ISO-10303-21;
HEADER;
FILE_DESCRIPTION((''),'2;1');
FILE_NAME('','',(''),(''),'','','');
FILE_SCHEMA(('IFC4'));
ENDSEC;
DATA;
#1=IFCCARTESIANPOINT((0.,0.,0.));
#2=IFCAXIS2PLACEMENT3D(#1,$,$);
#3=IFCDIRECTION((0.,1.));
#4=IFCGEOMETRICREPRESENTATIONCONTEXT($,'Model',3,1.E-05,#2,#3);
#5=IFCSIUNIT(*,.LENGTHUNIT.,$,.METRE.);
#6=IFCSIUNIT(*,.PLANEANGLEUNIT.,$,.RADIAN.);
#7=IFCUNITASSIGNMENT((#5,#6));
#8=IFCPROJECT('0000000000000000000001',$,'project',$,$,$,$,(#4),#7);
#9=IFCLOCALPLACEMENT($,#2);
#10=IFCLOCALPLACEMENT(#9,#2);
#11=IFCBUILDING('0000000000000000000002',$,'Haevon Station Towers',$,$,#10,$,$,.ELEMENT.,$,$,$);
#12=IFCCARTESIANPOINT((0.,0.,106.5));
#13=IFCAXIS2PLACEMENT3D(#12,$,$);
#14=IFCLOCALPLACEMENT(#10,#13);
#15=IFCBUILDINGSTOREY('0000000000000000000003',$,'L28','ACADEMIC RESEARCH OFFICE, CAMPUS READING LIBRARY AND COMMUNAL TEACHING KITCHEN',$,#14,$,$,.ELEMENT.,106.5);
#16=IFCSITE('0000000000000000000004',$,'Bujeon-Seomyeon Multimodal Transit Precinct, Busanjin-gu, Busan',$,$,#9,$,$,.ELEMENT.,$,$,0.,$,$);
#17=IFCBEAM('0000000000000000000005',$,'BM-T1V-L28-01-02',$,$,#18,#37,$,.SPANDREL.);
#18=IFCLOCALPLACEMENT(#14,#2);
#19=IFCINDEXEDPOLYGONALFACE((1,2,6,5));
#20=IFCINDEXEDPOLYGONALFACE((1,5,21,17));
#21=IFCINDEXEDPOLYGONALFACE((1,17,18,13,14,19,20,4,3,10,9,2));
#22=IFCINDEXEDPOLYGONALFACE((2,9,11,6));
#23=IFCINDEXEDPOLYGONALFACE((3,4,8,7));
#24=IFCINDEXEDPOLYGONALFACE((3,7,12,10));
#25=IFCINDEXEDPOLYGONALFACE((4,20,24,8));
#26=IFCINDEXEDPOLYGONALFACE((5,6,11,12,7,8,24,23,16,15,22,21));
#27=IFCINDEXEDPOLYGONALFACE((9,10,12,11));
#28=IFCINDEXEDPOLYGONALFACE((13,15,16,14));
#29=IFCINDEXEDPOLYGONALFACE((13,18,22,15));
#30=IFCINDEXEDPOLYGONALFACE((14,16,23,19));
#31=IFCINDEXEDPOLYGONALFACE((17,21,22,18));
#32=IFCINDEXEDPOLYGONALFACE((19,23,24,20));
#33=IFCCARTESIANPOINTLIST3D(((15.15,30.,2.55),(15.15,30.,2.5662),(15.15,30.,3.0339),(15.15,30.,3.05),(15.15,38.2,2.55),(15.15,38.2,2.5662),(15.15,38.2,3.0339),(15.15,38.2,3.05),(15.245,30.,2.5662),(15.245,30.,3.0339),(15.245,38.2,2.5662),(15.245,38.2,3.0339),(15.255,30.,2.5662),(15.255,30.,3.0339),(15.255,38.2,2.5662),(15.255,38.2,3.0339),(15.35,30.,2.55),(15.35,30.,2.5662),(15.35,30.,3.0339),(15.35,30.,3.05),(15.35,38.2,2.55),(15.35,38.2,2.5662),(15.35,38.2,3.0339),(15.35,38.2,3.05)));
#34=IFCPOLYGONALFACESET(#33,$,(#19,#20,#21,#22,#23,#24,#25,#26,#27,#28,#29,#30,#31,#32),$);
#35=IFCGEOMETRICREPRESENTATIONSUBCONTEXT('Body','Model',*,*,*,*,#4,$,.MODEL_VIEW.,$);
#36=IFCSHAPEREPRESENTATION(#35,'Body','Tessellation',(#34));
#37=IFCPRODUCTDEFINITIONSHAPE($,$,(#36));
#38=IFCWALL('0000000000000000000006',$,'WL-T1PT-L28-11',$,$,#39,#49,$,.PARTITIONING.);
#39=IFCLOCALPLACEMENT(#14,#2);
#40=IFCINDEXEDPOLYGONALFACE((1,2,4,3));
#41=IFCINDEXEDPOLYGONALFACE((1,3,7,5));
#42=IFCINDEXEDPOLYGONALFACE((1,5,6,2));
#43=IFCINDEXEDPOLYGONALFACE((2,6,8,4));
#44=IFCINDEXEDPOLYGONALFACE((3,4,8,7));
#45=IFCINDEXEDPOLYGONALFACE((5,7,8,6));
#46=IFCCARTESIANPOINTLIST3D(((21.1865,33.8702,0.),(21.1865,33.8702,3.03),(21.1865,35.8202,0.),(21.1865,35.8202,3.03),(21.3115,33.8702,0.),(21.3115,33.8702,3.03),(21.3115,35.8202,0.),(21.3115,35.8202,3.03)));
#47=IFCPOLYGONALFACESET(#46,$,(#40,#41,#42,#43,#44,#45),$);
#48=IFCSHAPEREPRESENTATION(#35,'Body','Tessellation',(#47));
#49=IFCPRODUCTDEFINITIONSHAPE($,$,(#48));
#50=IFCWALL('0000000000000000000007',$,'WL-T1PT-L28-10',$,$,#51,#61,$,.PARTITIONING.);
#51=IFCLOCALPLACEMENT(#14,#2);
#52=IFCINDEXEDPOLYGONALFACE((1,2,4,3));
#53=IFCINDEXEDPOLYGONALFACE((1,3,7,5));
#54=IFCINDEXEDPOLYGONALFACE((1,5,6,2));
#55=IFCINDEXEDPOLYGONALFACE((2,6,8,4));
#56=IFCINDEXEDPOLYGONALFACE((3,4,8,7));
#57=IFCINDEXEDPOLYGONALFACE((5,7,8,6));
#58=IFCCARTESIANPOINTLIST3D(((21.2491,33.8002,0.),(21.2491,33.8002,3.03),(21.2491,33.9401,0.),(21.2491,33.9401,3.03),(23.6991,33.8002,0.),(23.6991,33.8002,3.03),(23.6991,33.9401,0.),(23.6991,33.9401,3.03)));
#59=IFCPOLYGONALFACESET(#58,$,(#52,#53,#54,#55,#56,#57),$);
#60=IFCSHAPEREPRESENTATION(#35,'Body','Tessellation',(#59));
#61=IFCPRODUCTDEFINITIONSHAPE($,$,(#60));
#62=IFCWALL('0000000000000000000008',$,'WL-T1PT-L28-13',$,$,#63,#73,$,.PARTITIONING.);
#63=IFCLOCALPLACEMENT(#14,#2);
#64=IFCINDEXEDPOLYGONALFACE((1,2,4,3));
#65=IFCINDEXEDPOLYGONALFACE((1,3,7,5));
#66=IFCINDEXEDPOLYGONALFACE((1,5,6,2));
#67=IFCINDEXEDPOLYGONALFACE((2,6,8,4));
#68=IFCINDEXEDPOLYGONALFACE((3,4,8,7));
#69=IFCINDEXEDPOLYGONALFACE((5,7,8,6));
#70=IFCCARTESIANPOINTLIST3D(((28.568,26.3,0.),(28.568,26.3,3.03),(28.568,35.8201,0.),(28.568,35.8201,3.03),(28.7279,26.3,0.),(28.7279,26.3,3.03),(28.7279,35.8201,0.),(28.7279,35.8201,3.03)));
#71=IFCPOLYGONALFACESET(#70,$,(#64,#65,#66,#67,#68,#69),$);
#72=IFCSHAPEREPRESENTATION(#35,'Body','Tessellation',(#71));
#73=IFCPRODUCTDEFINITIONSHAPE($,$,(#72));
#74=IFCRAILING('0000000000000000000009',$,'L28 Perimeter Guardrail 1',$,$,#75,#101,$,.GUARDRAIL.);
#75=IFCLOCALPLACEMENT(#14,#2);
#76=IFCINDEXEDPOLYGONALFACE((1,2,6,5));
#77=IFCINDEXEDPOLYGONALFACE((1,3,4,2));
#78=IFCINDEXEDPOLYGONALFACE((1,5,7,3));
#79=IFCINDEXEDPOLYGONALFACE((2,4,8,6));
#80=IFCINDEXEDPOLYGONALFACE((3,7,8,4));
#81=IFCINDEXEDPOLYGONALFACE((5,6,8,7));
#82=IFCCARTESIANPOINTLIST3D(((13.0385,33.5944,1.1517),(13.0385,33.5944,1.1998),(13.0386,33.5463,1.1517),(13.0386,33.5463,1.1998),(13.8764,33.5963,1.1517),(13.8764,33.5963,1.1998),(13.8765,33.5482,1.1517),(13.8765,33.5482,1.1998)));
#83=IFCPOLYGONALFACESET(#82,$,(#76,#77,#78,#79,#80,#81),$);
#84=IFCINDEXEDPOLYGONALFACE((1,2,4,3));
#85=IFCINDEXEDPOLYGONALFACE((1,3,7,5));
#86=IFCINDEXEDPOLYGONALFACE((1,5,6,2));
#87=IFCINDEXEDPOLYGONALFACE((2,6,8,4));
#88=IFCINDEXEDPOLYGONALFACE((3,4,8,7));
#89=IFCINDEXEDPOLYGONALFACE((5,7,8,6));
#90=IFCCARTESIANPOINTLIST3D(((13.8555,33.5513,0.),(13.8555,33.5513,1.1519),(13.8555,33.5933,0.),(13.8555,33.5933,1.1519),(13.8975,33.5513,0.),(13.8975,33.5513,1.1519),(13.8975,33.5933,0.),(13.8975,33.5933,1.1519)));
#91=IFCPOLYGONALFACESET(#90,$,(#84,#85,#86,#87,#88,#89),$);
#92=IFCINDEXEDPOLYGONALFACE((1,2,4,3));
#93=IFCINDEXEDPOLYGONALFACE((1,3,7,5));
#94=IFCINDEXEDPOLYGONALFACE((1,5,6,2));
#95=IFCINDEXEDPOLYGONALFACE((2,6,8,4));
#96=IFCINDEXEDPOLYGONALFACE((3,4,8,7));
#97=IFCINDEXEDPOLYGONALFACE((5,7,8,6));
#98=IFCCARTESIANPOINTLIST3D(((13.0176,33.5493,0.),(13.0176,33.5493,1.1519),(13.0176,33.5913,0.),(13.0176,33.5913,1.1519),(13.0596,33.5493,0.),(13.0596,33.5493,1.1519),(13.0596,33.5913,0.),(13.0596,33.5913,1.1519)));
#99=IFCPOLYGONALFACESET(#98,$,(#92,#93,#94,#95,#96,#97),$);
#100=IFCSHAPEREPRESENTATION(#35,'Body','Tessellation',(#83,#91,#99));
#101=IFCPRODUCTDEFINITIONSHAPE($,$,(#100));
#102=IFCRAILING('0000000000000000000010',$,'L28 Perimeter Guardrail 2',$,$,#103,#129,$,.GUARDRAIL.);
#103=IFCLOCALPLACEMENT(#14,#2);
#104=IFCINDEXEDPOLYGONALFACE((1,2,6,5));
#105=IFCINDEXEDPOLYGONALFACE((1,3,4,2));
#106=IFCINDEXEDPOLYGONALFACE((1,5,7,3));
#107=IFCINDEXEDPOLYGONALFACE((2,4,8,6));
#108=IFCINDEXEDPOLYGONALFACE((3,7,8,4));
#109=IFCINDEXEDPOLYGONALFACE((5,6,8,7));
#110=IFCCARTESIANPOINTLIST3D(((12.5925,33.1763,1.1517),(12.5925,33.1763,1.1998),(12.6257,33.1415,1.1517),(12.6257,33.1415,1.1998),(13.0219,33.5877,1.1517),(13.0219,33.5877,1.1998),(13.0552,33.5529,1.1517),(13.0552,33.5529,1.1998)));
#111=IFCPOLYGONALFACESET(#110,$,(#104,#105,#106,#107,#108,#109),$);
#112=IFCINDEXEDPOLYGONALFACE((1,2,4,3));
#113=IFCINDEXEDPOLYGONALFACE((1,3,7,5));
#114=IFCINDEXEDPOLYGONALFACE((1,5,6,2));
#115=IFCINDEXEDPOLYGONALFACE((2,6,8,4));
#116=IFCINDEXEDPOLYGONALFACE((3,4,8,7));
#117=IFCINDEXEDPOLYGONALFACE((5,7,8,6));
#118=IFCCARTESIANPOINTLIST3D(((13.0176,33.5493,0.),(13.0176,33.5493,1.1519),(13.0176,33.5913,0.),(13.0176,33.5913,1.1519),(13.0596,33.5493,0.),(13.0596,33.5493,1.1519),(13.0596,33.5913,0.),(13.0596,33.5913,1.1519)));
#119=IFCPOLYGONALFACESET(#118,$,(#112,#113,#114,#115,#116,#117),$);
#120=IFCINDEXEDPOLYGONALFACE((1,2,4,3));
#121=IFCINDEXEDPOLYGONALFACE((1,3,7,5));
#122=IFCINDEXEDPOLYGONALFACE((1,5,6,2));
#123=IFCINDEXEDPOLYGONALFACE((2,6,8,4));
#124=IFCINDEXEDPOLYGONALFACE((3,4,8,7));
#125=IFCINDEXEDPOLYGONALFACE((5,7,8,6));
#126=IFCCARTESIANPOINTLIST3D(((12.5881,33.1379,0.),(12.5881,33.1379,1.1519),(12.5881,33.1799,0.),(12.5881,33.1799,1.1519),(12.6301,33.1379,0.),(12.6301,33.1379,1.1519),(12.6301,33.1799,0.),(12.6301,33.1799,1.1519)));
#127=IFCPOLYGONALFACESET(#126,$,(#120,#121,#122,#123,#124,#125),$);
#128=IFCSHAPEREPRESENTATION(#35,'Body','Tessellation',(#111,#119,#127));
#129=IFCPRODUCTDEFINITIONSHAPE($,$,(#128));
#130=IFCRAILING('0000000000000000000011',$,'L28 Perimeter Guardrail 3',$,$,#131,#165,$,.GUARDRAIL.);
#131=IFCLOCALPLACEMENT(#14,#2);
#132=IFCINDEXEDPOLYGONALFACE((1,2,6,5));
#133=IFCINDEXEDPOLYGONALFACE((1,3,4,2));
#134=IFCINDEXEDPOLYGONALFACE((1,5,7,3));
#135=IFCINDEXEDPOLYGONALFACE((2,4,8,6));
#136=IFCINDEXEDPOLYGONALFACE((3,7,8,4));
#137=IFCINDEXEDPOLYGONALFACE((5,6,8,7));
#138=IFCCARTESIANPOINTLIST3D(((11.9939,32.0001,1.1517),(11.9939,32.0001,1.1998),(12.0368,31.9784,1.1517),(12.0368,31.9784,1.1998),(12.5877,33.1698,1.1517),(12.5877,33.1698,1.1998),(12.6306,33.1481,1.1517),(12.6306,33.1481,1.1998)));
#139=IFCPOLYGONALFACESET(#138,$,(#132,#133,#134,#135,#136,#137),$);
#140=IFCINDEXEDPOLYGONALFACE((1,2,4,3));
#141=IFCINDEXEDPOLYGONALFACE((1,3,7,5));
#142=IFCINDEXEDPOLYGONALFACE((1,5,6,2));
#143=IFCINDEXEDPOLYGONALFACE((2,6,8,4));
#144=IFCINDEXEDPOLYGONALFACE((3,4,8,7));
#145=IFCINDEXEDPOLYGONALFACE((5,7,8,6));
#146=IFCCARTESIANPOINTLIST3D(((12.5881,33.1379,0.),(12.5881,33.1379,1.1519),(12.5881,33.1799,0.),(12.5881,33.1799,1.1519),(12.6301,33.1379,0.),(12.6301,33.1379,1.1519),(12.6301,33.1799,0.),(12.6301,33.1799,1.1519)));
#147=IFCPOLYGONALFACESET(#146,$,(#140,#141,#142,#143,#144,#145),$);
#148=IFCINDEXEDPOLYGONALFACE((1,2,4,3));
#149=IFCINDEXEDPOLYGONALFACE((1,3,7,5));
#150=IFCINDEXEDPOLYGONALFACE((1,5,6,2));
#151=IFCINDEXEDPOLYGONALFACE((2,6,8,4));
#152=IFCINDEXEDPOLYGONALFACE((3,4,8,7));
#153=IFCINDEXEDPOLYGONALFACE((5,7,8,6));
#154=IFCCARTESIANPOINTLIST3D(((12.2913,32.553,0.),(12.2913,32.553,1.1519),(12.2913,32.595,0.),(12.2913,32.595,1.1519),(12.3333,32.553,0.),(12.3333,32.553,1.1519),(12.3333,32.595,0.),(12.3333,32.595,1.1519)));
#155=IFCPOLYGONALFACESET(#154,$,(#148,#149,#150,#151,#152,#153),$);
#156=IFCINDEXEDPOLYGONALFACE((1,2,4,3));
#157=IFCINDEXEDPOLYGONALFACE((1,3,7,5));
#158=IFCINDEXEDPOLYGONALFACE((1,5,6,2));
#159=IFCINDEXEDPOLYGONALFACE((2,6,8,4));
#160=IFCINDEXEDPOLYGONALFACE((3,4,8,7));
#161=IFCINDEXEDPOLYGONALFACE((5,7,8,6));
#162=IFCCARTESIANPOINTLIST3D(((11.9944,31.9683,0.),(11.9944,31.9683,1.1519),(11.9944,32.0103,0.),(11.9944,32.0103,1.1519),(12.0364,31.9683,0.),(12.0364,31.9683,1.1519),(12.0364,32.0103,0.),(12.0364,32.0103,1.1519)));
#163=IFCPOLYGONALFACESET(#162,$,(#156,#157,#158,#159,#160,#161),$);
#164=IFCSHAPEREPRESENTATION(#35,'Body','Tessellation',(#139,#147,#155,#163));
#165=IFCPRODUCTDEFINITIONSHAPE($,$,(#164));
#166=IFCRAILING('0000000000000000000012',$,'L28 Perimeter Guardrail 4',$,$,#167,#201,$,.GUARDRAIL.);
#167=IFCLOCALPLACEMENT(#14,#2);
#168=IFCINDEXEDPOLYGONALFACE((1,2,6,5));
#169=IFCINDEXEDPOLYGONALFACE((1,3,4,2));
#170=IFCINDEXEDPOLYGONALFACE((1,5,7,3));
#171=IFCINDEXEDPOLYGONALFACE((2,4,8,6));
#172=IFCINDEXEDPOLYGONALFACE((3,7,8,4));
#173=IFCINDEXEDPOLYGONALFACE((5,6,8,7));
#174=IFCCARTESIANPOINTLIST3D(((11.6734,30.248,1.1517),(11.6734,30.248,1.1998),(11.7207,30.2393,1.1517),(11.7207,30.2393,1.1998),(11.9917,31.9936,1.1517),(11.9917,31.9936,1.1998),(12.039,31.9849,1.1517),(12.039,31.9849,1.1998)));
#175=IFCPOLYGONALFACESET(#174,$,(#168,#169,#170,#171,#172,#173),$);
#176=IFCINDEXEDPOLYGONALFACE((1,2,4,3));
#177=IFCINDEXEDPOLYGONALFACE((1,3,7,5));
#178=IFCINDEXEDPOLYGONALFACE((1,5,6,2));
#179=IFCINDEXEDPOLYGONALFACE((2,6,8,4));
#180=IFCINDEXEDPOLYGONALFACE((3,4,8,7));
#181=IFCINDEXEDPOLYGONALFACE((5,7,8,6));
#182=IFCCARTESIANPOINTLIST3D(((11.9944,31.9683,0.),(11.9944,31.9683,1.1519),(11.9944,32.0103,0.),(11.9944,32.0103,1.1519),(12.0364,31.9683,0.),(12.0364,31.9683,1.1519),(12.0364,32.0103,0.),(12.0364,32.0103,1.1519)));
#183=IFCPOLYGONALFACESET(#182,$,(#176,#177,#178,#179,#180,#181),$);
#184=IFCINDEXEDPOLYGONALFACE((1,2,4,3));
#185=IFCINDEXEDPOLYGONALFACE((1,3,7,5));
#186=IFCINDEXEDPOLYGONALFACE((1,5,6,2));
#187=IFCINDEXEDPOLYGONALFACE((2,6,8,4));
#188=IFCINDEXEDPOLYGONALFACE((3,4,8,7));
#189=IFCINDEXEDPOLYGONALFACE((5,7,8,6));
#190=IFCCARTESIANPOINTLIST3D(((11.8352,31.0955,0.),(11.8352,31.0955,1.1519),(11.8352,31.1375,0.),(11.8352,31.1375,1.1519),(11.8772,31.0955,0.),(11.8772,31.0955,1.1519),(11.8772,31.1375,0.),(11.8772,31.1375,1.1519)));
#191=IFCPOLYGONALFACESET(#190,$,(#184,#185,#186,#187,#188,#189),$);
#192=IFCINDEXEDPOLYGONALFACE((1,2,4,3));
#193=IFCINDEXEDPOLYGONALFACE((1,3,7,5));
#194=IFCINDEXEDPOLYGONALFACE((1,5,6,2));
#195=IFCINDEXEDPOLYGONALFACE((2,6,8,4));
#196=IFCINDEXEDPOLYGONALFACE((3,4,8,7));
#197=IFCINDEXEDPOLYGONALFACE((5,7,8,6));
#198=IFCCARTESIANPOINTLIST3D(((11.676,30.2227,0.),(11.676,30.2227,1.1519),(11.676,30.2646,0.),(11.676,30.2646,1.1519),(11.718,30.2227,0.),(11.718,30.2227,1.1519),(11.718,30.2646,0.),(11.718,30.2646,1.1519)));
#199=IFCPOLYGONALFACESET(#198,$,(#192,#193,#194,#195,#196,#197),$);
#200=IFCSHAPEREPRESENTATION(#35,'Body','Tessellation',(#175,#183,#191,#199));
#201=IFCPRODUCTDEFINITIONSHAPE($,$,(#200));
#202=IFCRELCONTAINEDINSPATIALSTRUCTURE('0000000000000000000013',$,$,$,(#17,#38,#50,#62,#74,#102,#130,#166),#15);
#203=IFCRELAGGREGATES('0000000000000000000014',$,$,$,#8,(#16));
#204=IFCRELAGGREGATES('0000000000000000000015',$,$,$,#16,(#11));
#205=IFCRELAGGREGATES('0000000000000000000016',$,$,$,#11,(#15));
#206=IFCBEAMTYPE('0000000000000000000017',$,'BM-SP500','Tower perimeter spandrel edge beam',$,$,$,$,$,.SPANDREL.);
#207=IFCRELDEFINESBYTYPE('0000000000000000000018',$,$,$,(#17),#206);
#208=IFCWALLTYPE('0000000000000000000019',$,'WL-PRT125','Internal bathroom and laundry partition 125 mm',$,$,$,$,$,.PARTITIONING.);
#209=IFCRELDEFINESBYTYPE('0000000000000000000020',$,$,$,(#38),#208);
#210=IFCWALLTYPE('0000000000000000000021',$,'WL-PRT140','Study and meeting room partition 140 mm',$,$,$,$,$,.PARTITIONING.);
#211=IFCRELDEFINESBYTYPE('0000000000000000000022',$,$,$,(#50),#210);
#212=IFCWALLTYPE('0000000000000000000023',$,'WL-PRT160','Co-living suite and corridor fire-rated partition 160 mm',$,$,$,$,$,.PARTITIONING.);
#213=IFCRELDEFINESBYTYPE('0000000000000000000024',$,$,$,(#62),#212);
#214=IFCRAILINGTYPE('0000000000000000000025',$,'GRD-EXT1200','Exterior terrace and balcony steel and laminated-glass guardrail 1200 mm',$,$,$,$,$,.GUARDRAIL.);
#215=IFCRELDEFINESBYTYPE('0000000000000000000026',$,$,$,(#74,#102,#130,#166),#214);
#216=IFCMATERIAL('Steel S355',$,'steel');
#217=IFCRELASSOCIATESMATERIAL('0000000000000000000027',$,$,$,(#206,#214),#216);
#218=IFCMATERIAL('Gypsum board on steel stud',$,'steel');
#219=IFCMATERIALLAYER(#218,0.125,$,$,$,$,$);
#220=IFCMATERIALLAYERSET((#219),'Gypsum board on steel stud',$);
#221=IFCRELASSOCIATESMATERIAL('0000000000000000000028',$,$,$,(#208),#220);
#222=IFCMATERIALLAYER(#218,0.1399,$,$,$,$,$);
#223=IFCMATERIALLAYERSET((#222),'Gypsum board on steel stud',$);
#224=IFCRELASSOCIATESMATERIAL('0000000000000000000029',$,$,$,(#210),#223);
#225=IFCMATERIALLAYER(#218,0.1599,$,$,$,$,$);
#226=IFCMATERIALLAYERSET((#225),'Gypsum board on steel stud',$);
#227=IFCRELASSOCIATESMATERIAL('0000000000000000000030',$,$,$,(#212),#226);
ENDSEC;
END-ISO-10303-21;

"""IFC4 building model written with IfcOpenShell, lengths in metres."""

from ifc_helpers import new_model, si_unit, direction, frame, frame_2d, origin, origin_2d, place, context, subcontext, project, spatial, rectangle, i_section, extrude, material, layer, layer_set, material_profile, profile_set, type_object, element, save


model = new_model("IFC4")

# Units and contexts
model_context = context("Model", 3, precision=1e-05, world=origin(), true_north=direction((0.0, 1.0)))
body_context = subcontext(model_context, "Body", "Model", "MODEL_VIEW")
ifc_project = project(units=[si_unit("LENGTHUNIT", "METRE"), si_unit("PLANEANGLEUNIT", "RADIAN")], contexts=[model_context])

# Site, building, storey
site_placement = place(None, origin())
site = spatial("IfcSite", under=ifc_project, at=site_placement, Name="Bujeon-Seomyeon Multimodal Transit Precinct, Busanjin-gu, Busan", CompositionType="ELEMENT", RefElevation=0.0)
building_placement = place(site_placement, origin())
building = spatial("IfcBuilding", under=site, at=building_placement, Name="Haevon Station Towers", CompositionType="ELEMENT")
storey_placement = place(building_placement, frame((0.0, 0.0, 106.5)))
storey = spatial("IfcBuildingStorey", under=building, at=storey_placement, Name="L28", Description="ACADEMIC RESEARCH OFFICE, CAMPUS READING LIBRARY AND COMMUNAL TEACHING KITCHEN", CompositionType="ELEMENT", Elevation=106.5)

# Beam
ifc_material_1 = material(Name="Steel S355", Category="steel")
ifc_material_profile_1 = material_profile(ifc_material_1, i_section(OverallWidth=0.2, OverallDepth=0.5, WebThickness=0.01, FlangeThickness=0.0161, at=origin_2d()), Name="H-500x200x10x16")
ifc_profile_set_1 = profile_set([ifc_material_profile_1], Name="Steel S355")
beam_type_1 = type_object("IfcBeamType", Name="BM-SP500", Description="Tower perimeter spandrel edge beam", PredefinedType="SPANDREL", material=ifc_profile_set_1)
beam_1_placement = place(storey_placement, frame((15.25, 30.0, 2.8), z_axis=(0.0, 1.0, 0.0), x_axis=(-1.0, 0.0, 0.0)))
element("IfcBeam", 1, at=beam_1_placement, inside=storey, type_object=beam_type_1, Name="BM-T1V-L28-01-02", PredefinedType="SPANDREL", context=body_context, shape_type="SweptSolid", body=[
    extrude(i_section(OverallWidth=0.2, OverallDepth=0.5, WebThickness=0.01, FlangeThickness=0.0161, at=origin_2d()), origin(), (0.0, 0.0, 1.0), 8.2),
])

# Walls
ifc_material_2 = material(Name="Gypsum board on steel stud", Category="steel")
ifc_layer_1 = layer(ifc_material_2, 0.125)
ifc_layer_set_1 = layer_set([ifc_layer_1], Name="Gypsum board on steel stud")
wall_type_1 = type_object("IfcWallType", Name="WL-PRT125", Description="Internal bathroom and laundry partition 125 mm", PredefinedType="PARTITIONING", material=ifc_layer_set_1)
wall_1_placement = place(storey_placement, frame((21.249, 33.8701, 0.0), z_axis=(0.0, 0.0, 1.0), x_axis=(0.0, 1.0, 0.0)))
element("IfcWall", 2, at=wall_1_placement, inside=storey, type_object=wall_type_1, Name="WL-T1PT-L28-11", PredefinedType="PARTITIONING", context=body_context, shape_type="SweptSolid", body=[
    extrude(rectangle(XDim=1.95, YDim=0.125, at=frame_2d((0.9751, 0.0))), origin(), (0.0, 0.0, 1.0), 3.03),
])
ifc_layer_2 = layer(ifc_material_2, 0.1399)
ifc_layer_set_2 = layer_set([ifc_layer_2], Name="Gypsum board on steel stud")
wall_type_2 = type_object("IfcWallType", Name="WL-PRT140", Description="Study and meeting room partition 140 mm", PredefinedType="PARTITIONING", material=ifc_layer_set_2)
wall_2_placement = place(storey_placement, frame((21.249, 33.8701, 0.0), z_axis=(0.0, 0.0, 1.0), x_axis=(1.0, 0.0, 0.0)))
element("IfcWall", 3, at=wall_2_placement, inside=storey, type_object=wall_type_2, Name="WL-T1PT-L28-10", PredefinedType="PARTITIONING", context=body_context, shape_type="SweptSolid", body=[
    extrude(rectangle(XDim=2.45, YDim=0.1399, at=frame_2d((1.2251, 0.0))), origin(), (0.0, 0.0, 1.0), 3.03),
])
ifc_layer_3 = layer(ifc_material_2, 0.1599)
ifc_layer_set_3 = layer_set([ifc_layer_3], Name="Gypsum board on steel stud")
wall_type_3 = type_object("IfcWallType", Name="WL-PRT160", Description="Co-living suite and corridor fire-rated partition 160 mm", PredefinedType="PARTITIONING", material=ifc_layer_set_3)
wall_3_placement = place(storey_placement, frame((28.6479, 26.3, 0.0), z_axis=(0.0, 0.0, 1.0), x_axis=(0.0, 1.0, 0.0)))
element("IfcWall", 4, at=wall_3_placement, inside=storey, type_object=wall_type_3, Name="WL-T1PT-L28-13", PredefinedType="PARTITIONING", context=body_context, shape_type="SweptSolid", body=[
    extrude(rectangle(XDim=9.52, YDim=0.1599, at=frame_2d((4.76, 0.0))), origin(), (0.0, 0.0, 1.0), 3.03),
])

# Railings
railing_type = type_object("IfcRailingType", Name="GRD-EXT1200", Description="Exterior terrace and balcony steel and laminated-glass guardrail 1200 mm", PredefinedType="GUARDRAIL", material=ifc_material_1)
railing_1_placement = place(storey_placement, frame((13.8765, 33.5723, 0.0)))
element("IfcRailing", 5, at=railing_1_placement, inside=storey, type_object=railing_type, Name="L28 Perimeter Guardrail 1", PredefinedType="GUARDRAIL", context=body_context, shape_type="SweptSolid", body=[
    extrude(rectangle(XDim=0.0481, YDim=0.0481, at=origin_2d()), frame((0.0, 0.0, 1.1758), z_axis=(-0.999997, -0.002331, 0.0), x_axis=(0.002331, -0.999997, 0.0)), (0.0, 0.0, 1.0), 0.8379),
    extrude(rectangle(XDim=0.042, YDim=0.042, at=origin_2d()), origin(), (0.0, 0.0, 1.0), 1.1519),
    extrude(rectangle(XDim=0.042, YDim=0.042, at=origin_2d()), frame((-0.8379, -0.002, 0.0)), (0.0, 0.0, 1.0), 1.1519),
])
railing_2_placement = place(storey_placement, frame((13.0386, 33.5703, 0.0)))
element("IfcRailing", 6, at=railing_2_placement, inside=storey, type_object=railing_type, Name="L28 Perimeter Guardrail 2", PredefinedType="GUARDRAIL", context=body_context, shape_type="SweptSolid", body=[
    extrude(rectangle(XDim=0.0481, YDim=0.0481, at=origin_2d()), frame((0.0, 0.0, 1.1758), z_axis=(-0.722133, -0.691754, 0.0), x_axis=(0.691754, -0.722133, 0.0)), (0.0, 0.0, 1.0), 0.5947),
    extrude(rectangle(XDim=0.042, YDim=0.042, at=origin_2d()), origin(), (0.0, 0.0, 1.0), 1.1519),
    extrude(rectangle(XDim=0.042, YDim=0.042, at=origin_2d()), frame((-0.4294, -0.4114, 0.0)), (0.0, 0.0, 1.0), 1.1519),
])
railing_3_placement = place(storey_placement, frame((12.6091, 33.1589, 0.0)))
element("IfcRailing", 7, at=railing_3_placement, inside=storey, type_object=railing_type, Name="L28 Perimeter Guardrail 3", PredefinedType="GUARDRAIL", context=body_context, shape_type="SweptSolid", body=[
    extrude(rectangle(XDim=0.0481, YDim=0.0481, at=origin_2d()), frame((0.0, 0.0, 1.1758), z_axis=(-0.45264, -0.891693, 0.0), x_axis=(0.891693, -0.45264, 0.0)), (0.0, 0.0, 1.0), 1.3118),
    extrude(rectangle(XDim=0.042, YDim=0.042, at=origin_2d()), origin(), (0.0, 0.0, 1.0), 1.1519),
    extrude(rectangle(XDim=0.042, YDim=0.042, at=origin_2d()), frame((-0.2969, -0.585, 0.0)), (0.0, 0.0, 1.0), 1.1519),
    extrude(rectangle(XDim=0.042, YDim=0.042, at=origin_2d()), frame((-0.5938, -1.1697, 0.0)), (0.0, 0.0, 1.0), 1.1519),
])
railing_4_placement = place(storey_placement, frame((12.0154, 31.9893, 0.0)))
element("IfcRailing", 8, at=railing_4_placement, inside=storey, type_object=railing_type, Name="L28 Perimeter Guardrail 4", PredefinedType="GUARDRAIL", context=body_context, shape_type="SweptSolid", body=[
    extrude(rectangle(XDim=0.0481, YDim=0.0481, at=origin_2d()), frame((0.0, 0.0, 1.1758), z_axis=(-0.179418, -0.983773, 0.0), x_axis=(0.983773, -0.179418, 0.0)), (0.0, 0.0, 1.0), 1.7744),
    extrude(rectangle(XDim=0.042, YDim=0.042, at=origin_2d()), origin(), (0.0, 0.0, 1.0), 1.1519),
    extrude(rectangle(XDim=0.042, YDim=0.042, at=origin_2d()), frame((-0.1592, -0.8728, 0.0)), (0.0, 0.0, 1.0), 1.1519),
    extrude(rectangle(XDim=0.042, YDim=0.042, at=origin_2d()), frame((-0.3184, -1.7456, 0.0)), (0.0, 0.0, 1.0), 1.1519),
])

save(model, "model.ifc")
